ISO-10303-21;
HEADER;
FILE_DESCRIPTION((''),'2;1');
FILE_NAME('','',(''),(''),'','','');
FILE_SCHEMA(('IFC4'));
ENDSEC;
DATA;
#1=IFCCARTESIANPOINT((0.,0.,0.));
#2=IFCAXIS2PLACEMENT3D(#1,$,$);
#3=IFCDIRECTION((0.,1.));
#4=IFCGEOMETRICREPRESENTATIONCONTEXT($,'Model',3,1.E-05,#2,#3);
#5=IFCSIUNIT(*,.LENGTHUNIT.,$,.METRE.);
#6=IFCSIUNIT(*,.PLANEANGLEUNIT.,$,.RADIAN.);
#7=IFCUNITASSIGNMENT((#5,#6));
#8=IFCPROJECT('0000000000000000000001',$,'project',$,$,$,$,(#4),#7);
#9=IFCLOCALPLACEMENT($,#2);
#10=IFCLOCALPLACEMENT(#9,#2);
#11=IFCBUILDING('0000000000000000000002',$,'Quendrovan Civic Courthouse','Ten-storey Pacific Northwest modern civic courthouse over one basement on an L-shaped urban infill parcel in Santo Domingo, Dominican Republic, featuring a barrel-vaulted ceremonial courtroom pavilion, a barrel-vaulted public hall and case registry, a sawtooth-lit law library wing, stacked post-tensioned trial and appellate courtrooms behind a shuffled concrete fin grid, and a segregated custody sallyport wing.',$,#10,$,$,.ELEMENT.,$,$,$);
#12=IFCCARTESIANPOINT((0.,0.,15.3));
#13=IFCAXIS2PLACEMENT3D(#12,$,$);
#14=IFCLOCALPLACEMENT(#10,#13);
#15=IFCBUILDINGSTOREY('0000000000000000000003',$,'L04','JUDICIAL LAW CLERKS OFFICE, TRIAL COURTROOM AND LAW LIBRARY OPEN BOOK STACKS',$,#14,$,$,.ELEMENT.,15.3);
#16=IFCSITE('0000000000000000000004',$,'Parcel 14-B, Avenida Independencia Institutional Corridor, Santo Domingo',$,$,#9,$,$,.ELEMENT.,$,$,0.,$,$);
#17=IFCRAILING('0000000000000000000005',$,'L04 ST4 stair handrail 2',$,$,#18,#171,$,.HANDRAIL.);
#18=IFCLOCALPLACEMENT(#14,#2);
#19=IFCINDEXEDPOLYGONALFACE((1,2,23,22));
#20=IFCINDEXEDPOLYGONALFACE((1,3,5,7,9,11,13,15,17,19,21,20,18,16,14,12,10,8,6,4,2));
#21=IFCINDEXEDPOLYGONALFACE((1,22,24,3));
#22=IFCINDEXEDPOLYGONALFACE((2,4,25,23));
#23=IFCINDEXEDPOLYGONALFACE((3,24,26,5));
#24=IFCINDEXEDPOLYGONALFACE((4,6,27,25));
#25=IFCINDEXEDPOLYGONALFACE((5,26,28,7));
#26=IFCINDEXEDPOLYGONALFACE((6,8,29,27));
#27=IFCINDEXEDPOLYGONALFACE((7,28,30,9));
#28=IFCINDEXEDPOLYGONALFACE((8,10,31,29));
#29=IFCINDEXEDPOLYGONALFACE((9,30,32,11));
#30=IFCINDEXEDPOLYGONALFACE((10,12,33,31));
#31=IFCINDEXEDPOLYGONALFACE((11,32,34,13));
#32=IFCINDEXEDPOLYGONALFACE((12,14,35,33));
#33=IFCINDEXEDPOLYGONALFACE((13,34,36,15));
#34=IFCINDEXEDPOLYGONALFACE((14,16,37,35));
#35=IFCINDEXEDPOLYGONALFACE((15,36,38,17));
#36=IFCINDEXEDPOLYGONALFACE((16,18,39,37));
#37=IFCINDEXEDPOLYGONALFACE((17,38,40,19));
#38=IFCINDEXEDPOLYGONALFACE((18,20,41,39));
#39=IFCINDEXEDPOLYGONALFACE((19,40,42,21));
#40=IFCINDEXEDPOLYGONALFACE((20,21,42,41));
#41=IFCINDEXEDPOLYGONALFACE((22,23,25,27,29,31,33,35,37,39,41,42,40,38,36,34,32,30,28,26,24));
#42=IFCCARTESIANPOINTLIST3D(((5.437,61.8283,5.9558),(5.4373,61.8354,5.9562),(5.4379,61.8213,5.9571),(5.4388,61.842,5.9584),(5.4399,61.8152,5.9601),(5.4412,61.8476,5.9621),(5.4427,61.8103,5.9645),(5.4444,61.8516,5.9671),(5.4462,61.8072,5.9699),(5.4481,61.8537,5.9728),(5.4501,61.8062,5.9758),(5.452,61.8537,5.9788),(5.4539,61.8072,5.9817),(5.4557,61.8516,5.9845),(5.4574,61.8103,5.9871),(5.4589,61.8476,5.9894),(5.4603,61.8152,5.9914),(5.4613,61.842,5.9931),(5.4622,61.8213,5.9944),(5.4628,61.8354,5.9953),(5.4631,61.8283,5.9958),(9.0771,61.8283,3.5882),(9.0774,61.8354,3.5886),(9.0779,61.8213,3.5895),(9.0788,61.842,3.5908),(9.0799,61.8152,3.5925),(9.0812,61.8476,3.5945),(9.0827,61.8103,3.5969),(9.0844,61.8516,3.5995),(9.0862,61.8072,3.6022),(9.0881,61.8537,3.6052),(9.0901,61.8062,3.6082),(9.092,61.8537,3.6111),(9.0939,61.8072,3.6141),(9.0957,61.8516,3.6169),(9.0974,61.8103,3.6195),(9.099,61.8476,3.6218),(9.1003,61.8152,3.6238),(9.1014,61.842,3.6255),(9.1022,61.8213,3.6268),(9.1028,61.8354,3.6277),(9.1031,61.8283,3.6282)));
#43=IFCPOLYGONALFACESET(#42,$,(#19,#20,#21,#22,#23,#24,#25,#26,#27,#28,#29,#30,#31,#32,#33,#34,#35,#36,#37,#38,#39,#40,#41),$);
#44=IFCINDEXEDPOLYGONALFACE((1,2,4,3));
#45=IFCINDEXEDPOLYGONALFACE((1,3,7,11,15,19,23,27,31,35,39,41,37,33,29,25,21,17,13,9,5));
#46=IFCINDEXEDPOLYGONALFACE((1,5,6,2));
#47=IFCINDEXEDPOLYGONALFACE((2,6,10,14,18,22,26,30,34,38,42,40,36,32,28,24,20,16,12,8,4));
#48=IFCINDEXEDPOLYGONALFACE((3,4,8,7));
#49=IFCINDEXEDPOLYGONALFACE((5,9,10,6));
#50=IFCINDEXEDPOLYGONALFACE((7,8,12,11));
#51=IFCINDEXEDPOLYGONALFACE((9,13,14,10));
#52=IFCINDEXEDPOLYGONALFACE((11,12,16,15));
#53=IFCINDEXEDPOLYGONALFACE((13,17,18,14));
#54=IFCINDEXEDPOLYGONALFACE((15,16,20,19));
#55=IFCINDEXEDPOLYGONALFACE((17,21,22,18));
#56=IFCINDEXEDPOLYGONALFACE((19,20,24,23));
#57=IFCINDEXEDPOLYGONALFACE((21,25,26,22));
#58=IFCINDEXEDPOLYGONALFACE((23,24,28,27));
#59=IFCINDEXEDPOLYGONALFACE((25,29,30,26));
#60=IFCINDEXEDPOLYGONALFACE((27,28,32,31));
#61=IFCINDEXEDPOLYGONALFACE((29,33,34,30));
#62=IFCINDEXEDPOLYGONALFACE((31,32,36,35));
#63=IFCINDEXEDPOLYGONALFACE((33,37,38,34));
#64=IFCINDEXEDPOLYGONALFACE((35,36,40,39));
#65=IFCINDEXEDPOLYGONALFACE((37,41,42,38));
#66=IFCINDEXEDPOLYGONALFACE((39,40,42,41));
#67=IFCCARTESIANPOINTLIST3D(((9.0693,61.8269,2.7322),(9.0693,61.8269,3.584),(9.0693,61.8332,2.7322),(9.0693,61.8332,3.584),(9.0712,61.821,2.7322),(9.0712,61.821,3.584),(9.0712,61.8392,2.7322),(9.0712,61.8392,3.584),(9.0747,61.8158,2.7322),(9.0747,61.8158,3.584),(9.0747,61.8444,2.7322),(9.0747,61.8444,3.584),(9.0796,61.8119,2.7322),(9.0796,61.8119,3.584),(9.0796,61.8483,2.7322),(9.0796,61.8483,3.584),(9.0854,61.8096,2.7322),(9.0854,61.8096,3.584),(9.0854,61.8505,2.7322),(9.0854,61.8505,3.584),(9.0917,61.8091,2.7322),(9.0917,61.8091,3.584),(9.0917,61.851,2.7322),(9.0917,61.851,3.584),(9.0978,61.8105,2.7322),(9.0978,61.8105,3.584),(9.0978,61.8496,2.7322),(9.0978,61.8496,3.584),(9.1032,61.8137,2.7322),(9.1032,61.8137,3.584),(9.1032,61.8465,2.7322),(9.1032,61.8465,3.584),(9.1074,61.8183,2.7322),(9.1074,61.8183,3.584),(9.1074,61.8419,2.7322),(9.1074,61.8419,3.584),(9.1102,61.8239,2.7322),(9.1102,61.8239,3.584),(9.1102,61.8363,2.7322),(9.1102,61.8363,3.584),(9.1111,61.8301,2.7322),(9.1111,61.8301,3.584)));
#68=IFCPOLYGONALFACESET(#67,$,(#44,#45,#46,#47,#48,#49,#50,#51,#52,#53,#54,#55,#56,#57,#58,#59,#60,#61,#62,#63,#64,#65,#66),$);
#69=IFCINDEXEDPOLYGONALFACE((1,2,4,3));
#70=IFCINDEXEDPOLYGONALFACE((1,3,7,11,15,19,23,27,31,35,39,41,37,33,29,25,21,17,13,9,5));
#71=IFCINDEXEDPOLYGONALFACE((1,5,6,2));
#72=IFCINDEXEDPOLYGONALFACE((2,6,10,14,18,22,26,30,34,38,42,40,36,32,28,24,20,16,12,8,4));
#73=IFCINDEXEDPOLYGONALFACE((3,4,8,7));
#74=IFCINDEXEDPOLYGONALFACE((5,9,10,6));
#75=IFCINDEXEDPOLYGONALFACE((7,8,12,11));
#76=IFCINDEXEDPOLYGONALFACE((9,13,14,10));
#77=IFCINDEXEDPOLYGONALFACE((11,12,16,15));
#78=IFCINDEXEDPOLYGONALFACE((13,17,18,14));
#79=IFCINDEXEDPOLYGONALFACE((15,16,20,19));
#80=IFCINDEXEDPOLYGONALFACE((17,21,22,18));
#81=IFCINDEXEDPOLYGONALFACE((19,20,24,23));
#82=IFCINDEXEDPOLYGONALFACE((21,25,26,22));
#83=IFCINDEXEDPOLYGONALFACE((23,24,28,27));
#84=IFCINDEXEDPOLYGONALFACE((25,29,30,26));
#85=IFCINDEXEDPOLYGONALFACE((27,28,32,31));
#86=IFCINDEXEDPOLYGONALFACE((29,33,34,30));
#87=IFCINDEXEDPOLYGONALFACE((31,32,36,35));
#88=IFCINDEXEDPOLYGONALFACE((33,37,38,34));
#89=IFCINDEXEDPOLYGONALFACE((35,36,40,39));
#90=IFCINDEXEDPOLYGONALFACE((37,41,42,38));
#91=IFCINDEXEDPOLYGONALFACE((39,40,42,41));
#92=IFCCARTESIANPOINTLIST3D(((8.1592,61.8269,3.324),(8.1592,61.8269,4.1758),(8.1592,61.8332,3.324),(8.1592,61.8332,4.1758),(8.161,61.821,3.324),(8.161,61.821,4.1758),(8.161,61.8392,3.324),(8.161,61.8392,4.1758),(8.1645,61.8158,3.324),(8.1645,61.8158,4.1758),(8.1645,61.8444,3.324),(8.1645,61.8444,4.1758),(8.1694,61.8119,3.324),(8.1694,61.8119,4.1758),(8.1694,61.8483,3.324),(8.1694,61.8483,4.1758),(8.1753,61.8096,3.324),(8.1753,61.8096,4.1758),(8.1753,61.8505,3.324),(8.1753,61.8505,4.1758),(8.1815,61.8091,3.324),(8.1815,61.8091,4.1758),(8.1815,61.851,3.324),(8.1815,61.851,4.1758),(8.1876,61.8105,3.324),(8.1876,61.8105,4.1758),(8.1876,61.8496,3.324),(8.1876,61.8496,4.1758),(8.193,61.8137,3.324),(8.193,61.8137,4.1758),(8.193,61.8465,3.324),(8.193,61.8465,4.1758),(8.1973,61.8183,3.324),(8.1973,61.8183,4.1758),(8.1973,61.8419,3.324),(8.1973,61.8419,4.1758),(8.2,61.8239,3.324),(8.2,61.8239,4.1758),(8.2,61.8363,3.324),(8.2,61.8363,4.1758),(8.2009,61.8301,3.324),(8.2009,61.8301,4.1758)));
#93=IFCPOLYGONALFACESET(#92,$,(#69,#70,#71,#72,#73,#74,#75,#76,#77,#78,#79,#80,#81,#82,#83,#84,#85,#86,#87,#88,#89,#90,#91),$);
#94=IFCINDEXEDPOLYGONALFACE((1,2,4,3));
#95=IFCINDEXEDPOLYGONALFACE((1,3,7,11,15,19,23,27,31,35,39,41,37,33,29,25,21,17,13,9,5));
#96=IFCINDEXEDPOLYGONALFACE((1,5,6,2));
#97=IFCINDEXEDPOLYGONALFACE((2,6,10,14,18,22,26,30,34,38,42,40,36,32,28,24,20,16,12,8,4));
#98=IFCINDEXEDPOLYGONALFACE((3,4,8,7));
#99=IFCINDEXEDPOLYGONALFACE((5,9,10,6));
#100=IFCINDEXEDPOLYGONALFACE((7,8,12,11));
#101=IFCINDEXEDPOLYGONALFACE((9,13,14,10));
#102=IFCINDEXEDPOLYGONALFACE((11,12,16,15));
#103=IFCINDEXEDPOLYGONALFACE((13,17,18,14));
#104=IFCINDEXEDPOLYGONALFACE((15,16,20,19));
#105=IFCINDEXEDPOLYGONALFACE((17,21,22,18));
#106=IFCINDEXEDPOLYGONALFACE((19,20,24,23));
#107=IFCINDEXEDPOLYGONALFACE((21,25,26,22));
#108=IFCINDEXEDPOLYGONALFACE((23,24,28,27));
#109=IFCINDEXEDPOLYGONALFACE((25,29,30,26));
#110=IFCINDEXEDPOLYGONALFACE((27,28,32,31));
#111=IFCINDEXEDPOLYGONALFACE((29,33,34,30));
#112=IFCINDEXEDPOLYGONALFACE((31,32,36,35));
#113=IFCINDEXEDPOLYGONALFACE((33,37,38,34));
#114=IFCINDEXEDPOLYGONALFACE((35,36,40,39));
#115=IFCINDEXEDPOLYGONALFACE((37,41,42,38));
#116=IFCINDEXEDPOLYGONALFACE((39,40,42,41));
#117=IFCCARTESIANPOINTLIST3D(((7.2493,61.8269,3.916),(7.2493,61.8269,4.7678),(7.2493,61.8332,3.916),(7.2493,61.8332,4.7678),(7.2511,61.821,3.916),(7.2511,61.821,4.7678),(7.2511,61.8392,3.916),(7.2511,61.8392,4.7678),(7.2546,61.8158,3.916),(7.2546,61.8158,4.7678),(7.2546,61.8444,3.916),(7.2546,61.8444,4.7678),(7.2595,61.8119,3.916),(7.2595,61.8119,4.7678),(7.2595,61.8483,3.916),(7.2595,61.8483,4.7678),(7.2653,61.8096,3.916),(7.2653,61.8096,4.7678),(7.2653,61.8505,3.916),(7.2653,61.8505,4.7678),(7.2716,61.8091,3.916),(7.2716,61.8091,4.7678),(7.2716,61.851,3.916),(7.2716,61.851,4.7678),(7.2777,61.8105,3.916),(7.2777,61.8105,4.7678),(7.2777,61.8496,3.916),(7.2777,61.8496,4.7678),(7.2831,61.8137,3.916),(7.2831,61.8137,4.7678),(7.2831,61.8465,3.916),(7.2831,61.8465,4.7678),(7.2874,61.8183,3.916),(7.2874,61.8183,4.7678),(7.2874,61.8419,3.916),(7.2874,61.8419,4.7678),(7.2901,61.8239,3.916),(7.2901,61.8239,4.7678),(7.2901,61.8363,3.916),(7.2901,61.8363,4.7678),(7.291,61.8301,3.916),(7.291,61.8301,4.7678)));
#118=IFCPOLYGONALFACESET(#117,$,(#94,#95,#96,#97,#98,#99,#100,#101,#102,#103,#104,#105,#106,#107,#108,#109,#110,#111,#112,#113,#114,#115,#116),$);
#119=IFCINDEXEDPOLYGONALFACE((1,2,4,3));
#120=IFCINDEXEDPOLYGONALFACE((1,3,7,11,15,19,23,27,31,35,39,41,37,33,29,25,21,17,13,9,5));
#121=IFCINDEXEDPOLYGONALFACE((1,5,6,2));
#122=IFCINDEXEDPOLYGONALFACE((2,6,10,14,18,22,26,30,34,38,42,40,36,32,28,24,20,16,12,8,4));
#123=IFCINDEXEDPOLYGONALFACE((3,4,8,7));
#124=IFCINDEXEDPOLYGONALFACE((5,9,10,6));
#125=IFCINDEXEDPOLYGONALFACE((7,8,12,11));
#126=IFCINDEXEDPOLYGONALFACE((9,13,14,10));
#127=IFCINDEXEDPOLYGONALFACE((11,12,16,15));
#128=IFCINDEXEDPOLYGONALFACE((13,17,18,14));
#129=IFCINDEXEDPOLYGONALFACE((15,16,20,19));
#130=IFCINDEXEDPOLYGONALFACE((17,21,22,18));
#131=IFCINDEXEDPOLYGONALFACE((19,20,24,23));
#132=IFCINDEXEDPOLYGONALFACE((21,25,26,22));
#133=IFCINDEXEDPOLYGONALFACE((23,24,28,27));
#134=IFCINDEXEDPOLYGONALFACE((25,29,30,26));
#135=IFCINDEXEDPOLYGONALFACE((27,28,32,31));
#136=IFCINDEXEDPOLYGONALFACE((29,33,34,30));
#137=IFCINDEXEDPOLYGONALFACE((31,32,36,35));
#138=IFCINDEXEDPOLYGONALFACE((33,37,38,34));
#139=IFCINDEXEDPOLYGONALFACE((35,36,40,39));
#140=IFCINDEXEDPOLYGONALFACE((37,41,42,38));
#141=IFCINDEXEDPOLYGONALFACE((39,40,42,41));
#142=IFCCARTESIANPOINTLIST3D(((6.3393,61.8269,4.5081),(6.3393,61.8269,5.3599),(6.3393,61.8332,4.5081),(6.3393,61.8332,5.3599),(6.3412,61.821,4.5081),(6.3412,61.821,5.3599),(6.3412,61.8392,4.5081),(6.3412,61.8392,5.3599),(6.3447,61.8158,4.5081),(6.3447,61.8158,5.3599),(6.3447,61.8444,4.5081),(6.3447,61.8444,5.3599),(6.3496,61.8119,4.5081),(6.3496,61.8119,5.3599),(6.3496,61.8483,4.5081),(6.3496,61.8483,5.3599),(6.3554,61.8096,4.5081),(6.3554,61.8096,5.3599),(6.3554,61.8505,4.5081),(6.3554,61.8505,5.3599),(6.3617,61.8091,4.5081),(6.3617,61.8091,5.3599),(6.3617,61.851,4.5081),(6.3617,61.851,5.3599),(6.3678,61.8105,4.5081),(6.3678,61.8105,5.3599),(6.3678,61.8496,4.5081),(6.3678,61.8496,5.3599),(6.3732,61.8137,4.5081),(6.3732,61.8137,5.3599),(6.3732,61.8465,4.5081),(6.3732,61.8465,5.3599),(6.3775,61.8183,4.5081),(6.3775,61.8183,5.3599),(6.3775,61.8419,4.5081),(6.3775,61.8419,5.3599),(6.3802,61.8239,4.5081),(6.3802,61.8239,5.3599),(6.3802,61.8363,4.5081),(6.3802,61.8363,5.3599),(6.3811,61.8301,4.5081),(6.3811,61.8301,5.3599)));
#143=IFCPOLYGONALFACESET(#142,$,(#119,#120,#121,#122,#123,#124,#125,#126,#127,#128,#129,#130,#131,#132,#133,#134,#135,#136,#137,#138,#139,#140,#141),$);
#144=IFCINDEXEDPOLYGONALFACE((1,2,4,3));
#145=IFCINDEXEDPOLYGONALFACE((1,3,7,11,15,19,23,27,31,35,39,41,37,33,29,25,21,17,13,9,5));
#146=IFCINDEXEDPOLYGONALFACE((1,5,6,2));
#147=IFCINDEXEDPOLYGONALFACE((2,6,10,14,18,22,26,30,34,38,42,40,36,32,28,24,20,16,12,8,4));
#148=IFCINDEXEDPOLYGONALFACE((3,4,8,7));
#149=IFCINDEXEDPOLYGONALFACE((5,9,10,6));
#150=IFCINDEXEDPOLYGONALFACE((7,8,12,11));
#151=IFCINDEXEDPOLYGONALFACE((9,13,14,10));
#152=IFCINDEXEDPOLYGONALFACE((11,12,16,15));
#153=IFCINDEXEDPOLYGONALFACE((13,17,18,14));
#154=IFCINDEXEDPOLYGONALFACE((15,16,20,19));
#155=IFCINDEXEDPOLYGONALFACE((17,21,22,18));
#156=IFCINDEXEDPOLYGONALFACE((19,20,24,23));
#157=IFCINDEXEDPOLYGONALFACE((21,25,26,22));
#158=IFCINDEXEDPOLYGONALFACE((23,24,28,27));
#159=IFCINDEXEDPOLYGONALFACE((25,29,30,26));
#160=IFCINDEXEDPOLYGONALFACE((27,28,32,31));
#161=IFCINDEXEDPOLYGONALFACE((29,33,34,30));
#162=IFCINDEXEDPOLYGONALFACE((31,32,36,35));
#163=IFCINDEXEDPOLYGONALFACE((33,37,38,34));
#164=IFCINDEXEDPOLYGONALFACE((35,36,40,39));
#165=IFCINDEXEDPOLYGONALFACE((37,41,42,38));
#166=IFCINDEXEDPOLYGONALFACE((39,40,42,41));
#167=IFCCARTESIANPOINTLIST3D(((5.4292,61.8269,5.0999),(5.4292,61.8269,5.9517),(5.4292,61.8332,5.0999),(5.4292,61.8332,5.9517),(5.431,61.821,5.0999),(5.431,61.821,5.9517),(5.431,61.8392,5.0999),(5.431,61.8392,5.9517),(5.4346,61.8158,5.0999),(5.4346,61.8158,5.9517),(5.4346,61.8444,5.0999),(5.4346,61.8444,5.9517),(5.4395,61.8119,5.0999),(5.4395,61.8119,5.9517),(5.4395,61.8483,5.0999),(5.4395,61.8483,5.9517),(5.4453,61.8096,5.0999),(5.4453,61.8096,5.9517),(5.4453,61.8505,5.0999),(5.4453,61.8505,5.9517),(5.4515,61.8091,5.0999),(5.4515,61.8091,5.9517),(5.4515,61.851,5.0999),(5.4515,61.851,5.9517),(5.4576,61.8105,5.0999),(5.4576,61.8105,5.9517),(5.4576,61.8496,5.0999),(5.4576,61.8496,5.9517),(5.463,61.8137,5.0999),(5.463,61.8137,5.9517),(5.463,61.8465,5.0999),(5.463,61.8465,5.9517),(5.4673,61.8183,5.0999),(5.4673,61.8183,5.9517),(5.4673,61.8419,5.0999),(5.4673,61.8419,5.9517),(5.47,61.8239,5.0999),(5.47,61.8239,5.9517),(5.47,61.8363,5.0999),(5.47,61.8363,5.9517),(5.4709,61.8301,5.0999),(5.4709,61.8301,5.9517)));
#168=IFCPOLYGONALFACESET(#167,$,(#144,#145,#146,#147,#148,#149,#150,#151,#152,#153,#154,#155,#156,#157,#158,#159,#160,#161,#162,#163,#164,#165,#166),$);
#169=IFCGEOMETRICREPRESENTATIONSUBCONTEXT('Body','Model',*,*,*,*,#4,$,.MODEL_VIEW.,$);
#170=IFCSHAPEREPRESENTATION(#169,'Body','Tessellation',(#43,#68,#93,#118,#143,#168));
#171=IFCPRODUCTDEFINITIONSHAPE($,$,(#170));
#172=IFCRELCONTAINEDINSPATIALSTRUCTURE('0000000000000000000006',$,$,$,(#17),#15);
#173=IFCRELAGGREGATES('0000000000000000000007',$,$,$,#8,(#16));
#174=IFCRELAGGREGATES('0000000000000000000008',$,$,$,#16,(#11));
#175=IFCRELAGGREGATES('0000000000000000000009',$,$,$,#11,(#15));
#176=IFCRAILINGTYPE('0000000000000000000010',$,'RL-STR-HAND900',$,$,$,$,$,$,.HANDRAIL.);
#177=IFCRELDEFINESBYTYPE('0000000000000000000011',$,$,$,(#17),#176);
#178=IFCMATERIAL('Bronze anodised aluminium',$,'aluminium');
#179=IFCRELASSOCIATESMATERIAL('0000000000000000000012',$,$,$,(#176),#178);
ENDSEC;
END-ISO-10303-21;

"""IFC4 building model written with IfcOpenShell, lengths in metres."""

from ifc_helpers import new_model, si_unit, direction, frame, origin, origin_2d, place, context, subcontext, project, spatial, circle, extrude, material, type_object, element, save


model = new_model("IFC4")

# Units and contexts
model_context = context("Model", 3, precision=1e-05, world=origin(), true_north=direction((0.0, 1.0)))
body_context = subcontext(model_context, "Body", "Model", "MODEL_VIEW")
ifc_project = project(units=[si_unit("LENGTHUNIT", "METRE"), si_unit("PLANEANGLEUNIT", "RADIAN")], contexts=[model_context])

# Site, building, storey
site_placement = place(None, origin())
site = spatial("IfcSite", under=ifc_project, at=site_placement, Name="Parcel 14-B, Avenida Independencia Institutional Corridor, Santo Domingo", CompositionType="ELEMENT", RefElevation=0.0)
building_placement = place(site_placement, origin())
building = spatial("IfcBuilding", under=site, at=building_placement, Name="Quendrovan Civic Courthouse", Description="Ten-storey Pacific Northwest modern civic courthouse over one basement on an L-shaped urban infill parcel in Santo Domingo, Dominican Republic, featuring a barrel-vaulted ceremonial courtroom pavilion, a barrel-vaulted public hall and case registry, a sawtooth-lit law library wing, stacked post-tensioned trial and appellate courtrooms behind a shuffled concrete fin grid, and a segregated custody sallyport wing.", CompositionType="ELEMENT")
storey_placement = place(building_placement, frame((0.0, 0.0, 15.3)))
storey = spatial("IfcBuildingStorey", under=building, at=storey_placement, Name="L04", Description="JUDICIAL LAW CLERKS OFFICE, TRIAL COURTROOM AND LAW LIBRARY OPEN BOOK STACKS", CompositionType="ELEMENT", Elevation=15.3)

# Shared definitions
ifc_material_1 = material(Name="Bronze anodised aluminium", Category="aluminium")

# Railing
railing_type_1 = type_object("IfcRailingType", Name="RL-STR-HAND900", PredefinedType="HANDRAIL", material=ifc_material_1)
railing_1_placement = place(storey_placement, frame((9.0901, 61.8301, 2.7322)))
element("IfcRailing", 1, at=railing_1_placement, inside=storey, type_object=railing_type_1, Name="L04 ST4 stair handrail 2", PredefinedType="HANDRAIL", context=body_context, shape_type="SweptSolid", body=[
    extrude(circle(Radius=0.0239, at=origin_2d()), frame((0.0, 0.0, 0.876), z_axis=(-0.838277, 0.0, 0.545245), x_axis=(0.0, -1.0, 0.0)), (0.0, 0.0, 1.0), 4.3423),
    extrude(circle(Radius=0.021, at=origin_2d()), origin(), (0.0, 0.0, 1.0), 0.8518),
    extrude(circle(Radius=0.021, at=origin_2d()), frame((-0.9102, 0.0, 0.5918)), (0.0, 0.0, 1.0), 0.8518),
    extrude(circle(Radius=0.021, at=origin_2d()), frame((-1.8201, 0.0, 1.1838)), (0.0, 0.0, 1.0), 0.8518),
    extrude(circle(Radius=0.021, at=origin_2d()), frame((-2.73, 0.0, 1.7759)), (0.0, 0.0, 1.0), 0.8518),
    extrude(circle(Radius=0.021, at=origin_2d()), frame((-3.6401, 0.0, 2.3677)), (0.0, 0.0, 1.0), 0.8518),
])

save(model, "model.ifc")
